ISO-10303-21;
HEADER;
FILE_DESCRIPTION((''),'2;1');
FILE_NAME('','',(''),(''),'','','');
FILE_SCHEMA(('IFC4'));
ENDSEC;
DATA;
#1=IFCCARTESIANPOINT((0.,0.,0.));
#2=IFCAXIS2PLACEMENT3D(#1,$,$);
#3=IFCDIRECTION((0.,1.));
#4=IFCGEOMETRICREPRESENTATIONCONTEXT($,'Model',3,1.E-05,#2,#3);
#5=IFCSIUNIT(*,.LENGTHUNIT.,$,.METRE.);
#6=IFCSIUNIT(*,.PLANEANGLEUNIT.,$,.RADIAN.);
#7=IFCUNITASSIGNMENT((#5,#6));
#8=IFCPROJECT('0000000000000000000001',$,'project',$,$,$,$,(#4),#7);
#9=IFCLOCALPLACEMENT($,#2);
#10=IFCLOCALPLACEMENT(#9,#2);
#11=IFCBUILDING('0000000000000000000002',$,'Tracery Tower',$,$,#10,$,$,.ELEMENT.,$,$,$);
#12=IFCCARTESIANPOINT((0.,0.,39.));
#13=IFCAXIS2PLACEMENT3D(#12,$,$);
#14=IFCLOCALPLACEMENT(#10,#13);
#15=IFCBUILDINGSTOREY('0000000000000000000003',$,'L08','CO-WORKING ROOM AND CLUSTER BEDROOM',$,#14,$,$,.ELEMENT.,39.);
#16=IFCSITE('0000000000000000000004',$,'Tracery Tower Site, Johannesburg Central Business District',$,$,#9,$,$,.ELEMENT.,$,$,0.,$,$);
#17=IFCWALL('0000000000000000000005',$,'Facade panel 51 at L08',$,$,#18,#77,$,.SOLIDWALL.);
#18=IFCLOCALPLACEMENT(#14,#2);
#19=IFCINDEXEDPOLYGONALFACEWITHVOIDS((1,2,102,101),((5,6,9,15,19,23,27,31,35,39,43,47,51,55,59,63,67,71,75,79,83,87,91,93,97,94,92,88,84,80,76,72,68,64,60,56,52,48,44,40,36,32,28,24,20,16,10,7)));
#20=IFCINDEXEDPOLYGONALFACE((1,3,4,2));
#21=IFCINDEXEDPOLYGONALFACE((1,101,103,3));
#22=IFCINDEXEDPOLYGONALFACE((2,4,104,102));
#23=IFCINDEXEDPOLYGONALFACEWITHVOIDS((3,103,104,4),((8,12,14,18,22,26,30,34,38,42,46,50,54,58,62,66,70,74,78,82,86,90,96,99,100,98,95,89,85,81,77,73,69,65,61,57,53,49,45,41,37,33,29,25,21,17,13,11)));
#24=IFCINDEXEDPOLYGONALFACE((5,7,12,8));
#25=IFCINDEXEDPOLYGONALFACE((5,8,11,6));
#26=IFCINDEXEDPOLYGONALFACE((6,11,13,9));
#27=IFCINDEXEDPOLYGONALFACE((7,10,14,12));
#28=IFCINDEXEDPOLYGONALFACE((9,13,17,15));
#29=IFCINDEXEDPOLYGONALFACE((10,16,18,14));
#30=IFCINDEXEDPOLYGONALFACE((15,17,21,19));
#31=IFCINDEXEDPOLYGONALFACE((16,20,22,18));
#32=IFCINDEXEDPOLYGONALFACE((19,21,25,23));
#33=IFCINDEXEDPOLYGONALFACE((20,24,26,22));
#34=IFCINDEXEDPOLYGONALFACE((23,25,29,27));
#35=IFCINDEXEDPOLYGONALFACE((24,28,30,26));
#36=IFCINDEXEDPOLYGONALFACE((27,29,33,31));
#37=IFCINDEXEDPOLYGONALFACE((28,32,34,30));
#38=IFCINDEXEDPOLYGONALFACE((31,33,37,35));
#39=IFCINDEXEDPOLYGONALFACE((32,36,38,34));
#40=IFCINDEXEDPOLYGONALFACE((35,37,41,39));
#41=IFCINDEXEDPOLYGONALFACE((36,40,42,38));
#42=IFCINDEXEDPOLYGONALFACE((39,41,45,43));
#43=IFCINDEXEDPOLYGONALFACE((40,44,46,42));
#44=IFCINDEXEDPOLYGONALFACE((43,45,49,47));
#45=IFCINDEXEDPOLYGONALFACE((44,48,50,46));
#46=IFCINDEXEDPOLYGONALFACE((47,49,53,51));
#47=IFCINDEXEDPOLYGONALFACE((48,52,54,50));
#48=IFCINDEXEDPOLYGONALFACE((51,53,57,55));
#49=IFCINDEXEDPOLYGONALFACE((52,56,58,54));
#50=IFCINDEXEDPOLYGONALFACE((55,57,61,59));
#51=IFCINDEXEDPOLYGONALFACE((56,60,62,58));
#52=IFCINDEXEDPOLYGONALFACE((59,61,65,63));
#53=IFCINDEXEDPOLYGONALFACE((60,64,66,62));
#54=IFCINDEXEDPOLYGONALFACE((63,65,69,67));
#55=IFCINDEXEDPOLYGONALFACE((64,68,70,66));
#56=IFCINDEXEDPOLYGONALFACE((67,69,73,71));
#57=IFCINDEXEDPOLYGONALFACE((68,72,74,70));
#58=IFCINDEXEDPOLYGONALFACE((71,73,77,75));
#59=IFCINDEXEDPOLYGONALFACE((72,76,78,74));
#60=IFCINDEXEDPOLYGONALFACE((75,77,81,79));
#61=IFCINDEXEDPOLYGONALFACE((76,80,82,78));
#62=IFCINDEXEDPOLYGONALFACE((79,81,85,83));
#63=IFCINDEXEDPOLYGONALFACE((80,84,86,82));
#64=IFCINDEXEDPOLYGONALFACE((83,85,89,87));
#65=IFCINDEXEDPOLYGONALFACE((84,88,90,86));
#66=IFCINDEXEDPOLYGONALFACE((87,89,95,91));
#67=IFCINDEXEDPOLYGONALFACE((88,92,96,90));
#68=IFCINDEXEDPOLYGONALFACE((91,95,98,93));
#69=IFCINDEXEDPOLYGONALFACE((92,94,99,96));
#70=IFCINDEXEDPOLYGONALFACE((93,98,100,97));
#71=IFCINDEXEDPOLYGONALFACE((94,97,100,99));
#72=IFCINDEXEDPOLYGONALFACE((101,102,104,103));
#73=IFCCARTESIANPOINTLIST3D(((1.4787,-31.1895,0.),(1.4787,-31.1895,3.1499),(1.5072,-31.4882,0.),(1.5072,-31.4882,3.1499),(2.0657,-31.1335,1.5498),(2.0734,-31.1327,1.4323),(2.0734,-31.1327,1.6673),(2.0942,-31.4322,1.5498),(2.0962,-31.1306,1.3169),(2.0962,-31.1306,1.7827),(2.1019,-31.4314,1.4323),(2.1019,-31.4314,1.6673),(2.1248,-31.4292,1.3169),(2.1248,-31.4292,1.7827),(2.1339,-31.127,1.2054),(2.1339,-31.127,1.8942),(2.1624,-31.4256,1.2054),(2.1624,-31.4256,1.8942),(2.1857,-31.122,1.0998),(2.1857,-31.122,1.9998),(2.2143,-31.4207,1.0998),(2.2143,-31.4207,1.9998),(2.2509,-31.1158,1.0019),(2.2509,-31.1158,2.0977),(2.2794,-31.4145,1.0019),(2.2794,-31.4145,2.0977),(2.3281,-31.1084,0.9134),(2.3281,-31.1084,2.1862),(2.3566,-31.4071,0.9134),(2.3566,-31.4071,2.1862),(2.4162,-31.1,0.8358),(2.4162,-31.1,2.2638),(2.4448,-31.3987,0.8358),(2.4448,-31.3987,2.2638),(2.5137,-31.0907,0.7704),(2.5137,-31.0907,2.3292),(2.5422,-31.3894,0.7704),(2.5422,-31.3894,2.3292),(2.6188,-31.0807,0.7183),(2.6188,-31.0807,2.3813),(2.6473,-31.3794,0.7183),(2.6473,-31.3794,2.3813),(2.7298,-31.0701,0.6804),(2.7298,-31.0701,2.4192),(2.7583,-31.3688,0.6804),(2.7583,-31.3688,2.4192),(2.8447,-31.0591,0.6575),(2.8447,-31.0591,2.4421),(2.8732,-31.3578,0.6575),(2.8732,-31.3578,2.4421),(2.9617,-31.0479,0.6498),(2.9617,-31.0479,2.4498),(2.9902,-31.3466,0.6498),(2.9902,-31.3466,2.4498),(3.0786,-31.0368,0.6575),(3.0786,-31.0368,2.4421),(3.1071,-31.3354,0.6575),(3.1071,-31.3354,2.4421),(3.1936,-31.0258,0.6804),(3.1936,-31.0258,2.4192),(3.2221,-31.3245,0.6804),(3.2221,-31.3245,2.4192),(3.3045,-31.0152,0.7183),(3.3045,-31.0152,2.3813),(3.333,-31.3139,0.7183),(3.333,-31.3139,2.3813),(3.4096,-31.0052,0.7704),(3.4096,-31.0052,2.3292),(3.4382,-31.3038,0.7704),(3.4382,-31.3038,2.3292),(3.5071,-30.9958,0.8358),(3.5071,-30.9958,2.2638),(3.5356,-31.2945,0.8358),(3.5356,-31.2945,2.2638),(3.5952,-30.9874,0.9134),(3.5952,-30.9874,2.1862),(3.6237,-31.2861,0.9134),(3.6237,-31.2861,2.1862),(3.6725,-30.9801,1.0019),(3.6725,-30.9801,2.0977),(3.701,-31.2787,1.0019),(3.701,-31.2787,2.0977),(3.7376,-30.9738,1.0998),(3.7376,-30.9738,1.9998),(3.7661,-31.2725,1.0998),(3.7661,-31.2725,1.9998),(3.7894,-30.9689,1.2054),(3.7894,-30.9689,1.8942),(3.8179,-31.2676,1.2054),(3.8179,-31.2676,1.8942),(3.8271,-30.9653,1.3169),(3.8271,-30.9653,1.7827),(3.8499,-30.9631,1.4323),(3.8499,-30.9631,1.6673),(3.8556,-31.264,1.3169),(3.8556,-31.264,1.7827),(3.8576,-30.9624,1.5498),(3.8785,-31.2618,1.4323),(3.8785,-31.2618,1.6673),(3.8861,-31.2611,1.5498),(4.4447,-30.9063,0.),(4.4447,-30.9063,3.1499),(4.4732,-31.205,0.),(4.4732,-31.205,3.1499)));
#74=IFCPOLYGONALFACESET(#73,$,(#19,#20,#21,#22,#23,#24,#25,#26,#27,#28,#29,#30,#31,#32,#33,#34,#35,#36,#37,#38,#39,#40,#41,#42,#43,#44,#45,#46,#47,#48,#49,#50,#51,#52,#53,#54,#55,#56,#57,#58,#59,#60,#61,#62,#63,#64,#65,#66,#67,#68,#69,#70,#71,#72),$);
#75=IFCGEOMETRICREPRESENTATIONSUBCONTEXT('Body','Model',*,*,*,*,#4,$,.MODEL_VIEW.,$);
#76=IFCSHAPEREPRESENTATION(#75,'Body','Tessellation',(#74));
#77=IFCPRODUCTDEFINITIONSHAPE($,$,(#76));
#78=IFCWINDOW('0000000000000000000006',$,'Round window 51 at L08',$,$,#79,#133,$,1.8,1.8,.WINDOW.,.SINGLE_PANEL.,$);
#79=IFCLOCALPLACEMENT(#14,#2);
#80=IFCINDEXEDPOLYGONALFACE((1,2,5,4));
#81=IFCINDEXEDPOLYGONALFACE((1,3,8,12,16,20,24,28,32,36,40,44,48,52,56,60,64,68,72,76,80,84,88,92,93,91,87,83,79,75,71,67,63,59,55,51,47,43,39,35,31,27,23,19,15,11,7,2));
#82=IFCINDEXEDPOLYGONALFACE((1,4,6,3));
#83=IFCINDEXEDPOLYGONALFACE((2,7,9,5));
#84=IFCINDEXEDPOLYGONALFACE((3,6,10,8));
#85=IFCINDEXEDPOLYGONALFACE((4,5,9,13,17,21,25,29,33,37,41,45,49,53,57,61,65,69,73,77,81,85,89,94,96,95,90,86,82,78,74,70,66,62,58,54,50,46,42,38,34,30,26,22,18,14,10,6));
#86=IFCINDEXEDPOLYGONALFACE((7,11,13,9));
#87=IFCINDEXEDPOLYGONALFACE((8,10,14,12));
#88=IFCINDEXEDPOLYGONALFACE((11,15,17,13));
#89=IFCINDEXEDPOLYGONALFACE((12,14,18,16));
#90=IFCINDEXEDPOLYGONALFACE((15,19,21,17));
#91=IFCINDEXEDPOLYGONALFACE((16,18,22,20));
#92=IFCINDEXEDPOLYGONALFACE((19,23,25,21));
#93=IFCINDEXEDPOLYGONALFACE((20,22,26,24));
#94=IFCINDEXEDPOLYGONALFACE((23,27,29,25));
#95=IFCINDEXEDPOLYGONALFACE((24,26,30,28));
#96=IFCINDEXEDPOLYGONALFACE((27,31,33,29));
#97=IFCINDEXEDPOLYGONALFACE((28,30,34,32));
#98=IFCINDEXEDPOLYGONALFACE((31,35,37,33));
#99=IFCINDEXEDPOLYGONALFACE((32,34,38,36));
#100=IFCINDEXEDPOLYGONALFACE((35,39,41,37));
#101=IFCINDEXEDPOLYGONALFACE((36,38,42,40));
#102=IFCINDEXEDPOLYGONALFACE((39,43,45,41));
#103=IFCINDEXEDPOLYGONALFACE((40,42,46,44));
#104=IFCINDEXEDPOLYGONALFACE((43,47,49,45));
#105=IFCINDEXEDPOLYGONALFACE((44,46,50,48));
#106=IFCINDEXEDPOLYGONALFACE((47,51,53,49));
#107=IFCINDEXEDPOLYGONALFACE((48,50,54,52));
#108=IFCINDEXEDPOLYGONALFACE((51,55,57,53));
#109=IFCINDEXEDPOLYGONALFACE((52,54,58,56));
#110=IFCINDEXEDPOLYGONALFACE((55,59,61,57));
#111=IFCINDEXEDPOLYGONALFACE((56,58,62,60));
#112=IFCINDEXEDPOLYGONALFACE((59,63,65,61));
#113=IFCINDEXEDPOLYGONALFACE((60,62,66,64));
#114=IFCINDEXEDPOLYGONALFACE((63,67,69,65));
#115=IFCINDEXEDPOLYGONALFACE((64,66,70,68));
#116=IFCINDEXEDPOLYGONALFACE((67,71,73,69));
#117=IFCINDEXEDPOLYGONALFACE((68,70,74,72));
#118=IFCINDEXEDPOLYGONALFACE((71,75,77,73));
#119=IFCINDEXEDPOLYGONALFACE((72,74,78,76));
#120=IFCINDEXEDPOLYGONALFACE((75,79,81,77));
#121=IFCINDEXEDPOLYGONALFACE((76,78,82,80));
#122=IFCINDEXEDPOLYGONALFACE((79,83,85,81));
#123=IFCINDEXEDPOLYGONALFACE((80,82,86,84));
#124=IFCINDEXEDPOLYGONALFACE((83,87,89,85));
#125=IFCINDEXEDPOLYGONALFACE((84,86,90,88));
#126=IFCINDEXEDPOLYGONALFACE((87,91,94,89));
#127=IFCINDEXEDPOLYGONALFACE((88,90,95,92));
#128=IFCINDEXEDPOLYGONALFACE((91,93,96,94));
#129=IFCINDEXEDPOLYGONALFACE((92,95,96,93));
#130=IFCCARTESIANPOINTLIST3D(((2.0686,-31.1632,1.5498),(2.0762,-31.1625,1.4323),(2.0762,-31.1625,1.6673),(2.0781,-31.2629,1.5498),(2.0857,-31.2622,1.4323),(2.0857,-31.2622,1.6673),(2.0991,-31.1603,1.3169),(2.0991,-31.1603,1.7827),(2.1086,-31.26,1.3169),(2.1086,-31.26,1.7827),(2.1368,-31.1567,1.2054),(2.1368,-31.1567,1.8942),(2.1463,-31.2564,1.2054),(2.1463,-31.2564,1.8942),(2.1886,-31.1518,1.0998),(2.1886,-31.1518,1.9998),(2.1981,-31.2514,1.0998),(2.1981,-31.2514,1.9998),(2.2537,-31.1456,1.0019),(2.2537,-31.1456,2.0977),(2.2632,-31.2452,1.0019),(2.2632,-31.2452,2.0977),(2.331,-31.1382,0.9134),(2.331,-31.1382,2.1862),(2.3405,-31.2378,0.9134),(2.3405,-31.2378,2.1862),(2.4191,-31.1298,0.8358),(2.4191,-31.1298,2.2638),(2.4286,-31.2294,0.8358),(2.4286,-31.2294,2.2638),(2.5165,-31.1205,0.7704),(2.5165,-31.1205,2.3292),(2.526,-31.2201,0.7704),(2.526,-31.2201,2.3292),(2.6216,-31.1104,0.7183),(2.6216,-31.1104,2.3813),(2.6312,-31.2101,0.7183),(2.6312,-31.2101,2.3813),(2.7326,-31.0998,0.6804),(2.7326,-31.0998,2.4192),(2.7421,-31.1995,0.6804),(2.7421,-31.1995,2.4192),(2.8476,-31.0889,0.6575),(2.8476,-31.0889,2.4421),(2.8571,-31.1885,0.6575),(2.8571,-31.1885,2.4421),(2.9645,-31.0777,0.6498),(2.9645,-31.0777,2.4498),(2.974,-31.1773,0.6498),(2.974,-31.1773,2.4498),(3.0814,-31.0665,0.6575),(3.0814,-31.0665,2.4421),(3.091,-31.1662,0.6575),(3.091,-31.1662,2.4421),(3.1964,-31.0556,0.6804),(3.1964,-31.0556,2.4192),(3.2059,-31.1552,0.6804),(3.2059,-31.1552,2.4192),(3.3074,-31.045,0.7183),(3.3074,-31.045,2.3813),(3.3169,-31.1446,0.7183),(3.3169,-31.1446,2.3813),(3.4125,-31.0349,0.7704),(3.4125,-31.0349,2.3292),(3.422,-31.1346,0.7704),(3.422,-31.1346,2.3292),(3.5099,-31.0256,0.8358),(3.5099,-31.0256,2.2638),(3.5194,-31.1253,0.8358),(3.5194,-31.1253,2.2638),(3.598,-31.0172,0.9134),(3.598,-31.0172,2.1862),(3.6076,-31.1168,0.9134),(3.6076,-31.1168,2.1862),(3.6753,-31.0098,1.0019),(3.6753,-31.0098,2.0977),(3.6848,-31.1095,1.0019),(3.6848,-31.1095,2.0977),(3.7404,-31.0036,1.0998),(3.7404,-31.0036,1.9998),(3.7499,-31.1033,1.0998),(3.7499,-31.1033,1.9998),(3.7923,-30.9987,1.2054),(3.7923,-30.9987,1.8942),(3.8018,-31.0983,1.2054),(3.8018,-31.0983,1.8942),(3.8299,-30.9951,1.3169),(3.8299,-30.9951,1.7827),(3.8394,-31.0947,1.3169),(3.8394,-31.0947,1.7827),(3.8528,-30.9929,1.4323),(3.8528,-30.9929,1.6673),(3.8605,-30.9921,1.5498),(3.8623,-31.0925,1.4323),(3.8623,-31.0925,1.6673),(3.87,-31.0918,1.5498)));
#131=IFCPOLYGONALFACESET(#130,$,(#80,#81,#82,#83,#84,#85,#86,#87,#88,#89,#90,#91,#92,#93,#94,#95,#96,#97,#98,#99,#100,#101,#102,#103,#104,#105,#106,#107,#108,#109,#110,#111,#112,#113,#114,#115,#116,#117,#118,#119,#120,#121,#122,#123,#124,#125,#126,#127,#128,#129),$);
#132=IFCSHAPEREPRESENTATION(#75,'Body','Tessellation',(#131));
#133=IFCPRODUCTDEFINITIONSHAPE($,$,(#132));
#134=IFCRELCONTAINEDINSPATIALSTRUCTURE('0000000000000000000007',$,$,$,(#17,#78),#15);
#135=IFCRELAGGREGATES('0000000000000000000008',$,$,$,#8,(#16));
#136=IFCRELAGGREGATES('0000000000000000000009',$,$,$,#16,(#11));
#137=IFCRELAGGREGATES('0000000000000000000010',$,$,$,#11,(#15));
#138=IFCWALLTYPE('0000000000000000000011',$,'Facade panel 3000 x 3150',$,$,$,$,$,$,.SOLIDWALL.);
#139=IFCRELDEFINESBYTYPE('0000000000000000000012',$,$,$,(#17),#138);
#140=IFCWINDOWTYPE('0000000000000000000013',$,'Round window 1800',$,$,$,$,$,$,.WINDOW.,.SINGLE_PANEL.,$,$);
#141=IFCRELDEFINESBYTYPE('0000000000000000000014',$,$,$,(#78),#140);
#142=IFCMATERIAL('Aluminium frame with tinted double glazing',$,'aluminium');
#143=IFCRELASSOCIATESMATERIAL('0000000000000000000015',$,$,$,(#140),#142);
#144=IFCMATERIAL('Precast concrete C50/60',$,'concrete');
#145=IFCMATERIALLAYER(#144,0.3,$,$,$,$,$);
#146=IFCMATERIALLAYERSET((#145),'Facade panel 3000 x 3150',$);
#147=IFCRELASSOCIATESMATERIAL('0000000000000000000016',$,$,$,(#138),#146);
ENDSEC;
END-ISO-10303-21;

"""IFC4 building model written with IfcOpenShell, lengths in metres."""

from ifc_helpers import new_model, si_unit, direction, frame, frame_2d, origin, origin_2d, place, context, subcontext, project, spatial, rectangle, circle, extrude, material, layer, layer_set, type_object, element, fill, save


model = new_model("IFC4")

# Units and contexts
model_context = context("Model", 3, precision=1e-05, world=origin(), true_north=direction((0.0, 1.0)))
body_context = subcontext(model_context, "Body", "Model", "MODEL_VIEW")
ifc_project = project(units=[si_unit("LENGTHUNIT", "METRE"), si_unit("PLANEANGLEUNIT", "RADIAN")], contexts=[model_context])

# Site, building, storey
site_placement = place(None, origin())
site = spatial("IfcSite", under=ifc_project, at=site_placement, Name="Tracery Tower Site, Johannesburg Central Business District", CompositionType="ELEMENT", RefElevation=0.0)
building_placement = place(site_placement, origin())
building = spatial("IfcBuilding", under=site, at=building_placement, Name="Tracery Tower", CompositionType="ELEMENT")
storey_placement = place(building_placement, frame((0.0, 0.0, 39.0)))
storey = spatial("IfcBuildingStorey", under=building, at=storey_placement, Name="L08", Description="CO-WORKING ROOM AND CLUSTER BEDROOM", CompositionType="ELEMENT", Elevation=39.0)

# Wall, opening, window
ifc_material_1 = material(Name="Aluminium frame with tinted double glazing", Category="aluminium")
window_type = type_object("IfcWindowType", Name="Round window 1800", PartitioningType="SINGLE_PANEL", PredefinedType="WINDOW", material=ifc_material_1)
ifc_material_2 = material(Name="Precast concrete C50/60", Category="concrete")
ifc_layer_1 = layer(ifc_material_2, 0.3)
ifc_layer_set_1 = layer_set([ifc_layer_1], Name="Facade panel 3000 x 3150")
wall_type_1 = type_object("IfcWallType", Name="Facade panel 3000 x 3150", PredefinedType="SOLIDWALL", material=ifc_layer_set_1)
wall_1_placement = place(storey_placement, frame((1.4929, -31.3389, 0.0), z_axis=(0.0, 0.0, 1.0), x_axis=(0.995473, 0.095049, 0.0)))
wall_1 = element("IfcWall", 1, at=wall_1_placement, inside=storey, type_object=wall_type_1, Name="Facade panel 51 at L08", PredefinedType="SOLIDWALL", context=body_context, shape_type="SweptSolid", body=[
    extrude(rectangle(XDim=2.9795, YDim=0.3, at=frame_2d((1.4897, 0.0))), origin(), (0.0, 0.0, 1.0), 3.1499),
])
opening_1_placement = place(wall_1_placement, frame((1.4897, 0.0, 1.5498)))
opening_1 = element("IfcOpeningElement", 2, at=opening_1_placement, cuts=wall_1, PredefinedType="OPENING", context=body_context, shape_type="SweptSolid", body=[
    extrude(circle(Radius=0.9, at=origin_2d()), frame((0.0, 0.1599, 0.0), z_axis=(0.0, -1.0, 0.0), x_axis=(1.0, 0.0, 0.0)), (0.0, 0.0, 1.0), 0.3201),
])
window_1_placement = place(opening_1_placement, origin())
window_1 = element("IfcWindow", 3, at=window_1_placement, inside=storey, type_object=window_type, Name="Round window 51 at L08", OverallHeight=1.8, OverallWidth=1.8, PartitioningType="SINGLE_PANEL", PredefinedType="WINDOW", context=body_context, shape_type="SweptSolid", body=[
    extrude(circle(Radius=0.9, at=origin_2d()), frame((0.0, 0.1201, 0.0), z_axis=(0.0, -1.0, 0.0), x_axis=(1.0, 0.0, 0.0)), (0.0, 0.0, 1.0), 0.1001),
])
fill(opening_1, window_1)

save(model, "model.ifc")
